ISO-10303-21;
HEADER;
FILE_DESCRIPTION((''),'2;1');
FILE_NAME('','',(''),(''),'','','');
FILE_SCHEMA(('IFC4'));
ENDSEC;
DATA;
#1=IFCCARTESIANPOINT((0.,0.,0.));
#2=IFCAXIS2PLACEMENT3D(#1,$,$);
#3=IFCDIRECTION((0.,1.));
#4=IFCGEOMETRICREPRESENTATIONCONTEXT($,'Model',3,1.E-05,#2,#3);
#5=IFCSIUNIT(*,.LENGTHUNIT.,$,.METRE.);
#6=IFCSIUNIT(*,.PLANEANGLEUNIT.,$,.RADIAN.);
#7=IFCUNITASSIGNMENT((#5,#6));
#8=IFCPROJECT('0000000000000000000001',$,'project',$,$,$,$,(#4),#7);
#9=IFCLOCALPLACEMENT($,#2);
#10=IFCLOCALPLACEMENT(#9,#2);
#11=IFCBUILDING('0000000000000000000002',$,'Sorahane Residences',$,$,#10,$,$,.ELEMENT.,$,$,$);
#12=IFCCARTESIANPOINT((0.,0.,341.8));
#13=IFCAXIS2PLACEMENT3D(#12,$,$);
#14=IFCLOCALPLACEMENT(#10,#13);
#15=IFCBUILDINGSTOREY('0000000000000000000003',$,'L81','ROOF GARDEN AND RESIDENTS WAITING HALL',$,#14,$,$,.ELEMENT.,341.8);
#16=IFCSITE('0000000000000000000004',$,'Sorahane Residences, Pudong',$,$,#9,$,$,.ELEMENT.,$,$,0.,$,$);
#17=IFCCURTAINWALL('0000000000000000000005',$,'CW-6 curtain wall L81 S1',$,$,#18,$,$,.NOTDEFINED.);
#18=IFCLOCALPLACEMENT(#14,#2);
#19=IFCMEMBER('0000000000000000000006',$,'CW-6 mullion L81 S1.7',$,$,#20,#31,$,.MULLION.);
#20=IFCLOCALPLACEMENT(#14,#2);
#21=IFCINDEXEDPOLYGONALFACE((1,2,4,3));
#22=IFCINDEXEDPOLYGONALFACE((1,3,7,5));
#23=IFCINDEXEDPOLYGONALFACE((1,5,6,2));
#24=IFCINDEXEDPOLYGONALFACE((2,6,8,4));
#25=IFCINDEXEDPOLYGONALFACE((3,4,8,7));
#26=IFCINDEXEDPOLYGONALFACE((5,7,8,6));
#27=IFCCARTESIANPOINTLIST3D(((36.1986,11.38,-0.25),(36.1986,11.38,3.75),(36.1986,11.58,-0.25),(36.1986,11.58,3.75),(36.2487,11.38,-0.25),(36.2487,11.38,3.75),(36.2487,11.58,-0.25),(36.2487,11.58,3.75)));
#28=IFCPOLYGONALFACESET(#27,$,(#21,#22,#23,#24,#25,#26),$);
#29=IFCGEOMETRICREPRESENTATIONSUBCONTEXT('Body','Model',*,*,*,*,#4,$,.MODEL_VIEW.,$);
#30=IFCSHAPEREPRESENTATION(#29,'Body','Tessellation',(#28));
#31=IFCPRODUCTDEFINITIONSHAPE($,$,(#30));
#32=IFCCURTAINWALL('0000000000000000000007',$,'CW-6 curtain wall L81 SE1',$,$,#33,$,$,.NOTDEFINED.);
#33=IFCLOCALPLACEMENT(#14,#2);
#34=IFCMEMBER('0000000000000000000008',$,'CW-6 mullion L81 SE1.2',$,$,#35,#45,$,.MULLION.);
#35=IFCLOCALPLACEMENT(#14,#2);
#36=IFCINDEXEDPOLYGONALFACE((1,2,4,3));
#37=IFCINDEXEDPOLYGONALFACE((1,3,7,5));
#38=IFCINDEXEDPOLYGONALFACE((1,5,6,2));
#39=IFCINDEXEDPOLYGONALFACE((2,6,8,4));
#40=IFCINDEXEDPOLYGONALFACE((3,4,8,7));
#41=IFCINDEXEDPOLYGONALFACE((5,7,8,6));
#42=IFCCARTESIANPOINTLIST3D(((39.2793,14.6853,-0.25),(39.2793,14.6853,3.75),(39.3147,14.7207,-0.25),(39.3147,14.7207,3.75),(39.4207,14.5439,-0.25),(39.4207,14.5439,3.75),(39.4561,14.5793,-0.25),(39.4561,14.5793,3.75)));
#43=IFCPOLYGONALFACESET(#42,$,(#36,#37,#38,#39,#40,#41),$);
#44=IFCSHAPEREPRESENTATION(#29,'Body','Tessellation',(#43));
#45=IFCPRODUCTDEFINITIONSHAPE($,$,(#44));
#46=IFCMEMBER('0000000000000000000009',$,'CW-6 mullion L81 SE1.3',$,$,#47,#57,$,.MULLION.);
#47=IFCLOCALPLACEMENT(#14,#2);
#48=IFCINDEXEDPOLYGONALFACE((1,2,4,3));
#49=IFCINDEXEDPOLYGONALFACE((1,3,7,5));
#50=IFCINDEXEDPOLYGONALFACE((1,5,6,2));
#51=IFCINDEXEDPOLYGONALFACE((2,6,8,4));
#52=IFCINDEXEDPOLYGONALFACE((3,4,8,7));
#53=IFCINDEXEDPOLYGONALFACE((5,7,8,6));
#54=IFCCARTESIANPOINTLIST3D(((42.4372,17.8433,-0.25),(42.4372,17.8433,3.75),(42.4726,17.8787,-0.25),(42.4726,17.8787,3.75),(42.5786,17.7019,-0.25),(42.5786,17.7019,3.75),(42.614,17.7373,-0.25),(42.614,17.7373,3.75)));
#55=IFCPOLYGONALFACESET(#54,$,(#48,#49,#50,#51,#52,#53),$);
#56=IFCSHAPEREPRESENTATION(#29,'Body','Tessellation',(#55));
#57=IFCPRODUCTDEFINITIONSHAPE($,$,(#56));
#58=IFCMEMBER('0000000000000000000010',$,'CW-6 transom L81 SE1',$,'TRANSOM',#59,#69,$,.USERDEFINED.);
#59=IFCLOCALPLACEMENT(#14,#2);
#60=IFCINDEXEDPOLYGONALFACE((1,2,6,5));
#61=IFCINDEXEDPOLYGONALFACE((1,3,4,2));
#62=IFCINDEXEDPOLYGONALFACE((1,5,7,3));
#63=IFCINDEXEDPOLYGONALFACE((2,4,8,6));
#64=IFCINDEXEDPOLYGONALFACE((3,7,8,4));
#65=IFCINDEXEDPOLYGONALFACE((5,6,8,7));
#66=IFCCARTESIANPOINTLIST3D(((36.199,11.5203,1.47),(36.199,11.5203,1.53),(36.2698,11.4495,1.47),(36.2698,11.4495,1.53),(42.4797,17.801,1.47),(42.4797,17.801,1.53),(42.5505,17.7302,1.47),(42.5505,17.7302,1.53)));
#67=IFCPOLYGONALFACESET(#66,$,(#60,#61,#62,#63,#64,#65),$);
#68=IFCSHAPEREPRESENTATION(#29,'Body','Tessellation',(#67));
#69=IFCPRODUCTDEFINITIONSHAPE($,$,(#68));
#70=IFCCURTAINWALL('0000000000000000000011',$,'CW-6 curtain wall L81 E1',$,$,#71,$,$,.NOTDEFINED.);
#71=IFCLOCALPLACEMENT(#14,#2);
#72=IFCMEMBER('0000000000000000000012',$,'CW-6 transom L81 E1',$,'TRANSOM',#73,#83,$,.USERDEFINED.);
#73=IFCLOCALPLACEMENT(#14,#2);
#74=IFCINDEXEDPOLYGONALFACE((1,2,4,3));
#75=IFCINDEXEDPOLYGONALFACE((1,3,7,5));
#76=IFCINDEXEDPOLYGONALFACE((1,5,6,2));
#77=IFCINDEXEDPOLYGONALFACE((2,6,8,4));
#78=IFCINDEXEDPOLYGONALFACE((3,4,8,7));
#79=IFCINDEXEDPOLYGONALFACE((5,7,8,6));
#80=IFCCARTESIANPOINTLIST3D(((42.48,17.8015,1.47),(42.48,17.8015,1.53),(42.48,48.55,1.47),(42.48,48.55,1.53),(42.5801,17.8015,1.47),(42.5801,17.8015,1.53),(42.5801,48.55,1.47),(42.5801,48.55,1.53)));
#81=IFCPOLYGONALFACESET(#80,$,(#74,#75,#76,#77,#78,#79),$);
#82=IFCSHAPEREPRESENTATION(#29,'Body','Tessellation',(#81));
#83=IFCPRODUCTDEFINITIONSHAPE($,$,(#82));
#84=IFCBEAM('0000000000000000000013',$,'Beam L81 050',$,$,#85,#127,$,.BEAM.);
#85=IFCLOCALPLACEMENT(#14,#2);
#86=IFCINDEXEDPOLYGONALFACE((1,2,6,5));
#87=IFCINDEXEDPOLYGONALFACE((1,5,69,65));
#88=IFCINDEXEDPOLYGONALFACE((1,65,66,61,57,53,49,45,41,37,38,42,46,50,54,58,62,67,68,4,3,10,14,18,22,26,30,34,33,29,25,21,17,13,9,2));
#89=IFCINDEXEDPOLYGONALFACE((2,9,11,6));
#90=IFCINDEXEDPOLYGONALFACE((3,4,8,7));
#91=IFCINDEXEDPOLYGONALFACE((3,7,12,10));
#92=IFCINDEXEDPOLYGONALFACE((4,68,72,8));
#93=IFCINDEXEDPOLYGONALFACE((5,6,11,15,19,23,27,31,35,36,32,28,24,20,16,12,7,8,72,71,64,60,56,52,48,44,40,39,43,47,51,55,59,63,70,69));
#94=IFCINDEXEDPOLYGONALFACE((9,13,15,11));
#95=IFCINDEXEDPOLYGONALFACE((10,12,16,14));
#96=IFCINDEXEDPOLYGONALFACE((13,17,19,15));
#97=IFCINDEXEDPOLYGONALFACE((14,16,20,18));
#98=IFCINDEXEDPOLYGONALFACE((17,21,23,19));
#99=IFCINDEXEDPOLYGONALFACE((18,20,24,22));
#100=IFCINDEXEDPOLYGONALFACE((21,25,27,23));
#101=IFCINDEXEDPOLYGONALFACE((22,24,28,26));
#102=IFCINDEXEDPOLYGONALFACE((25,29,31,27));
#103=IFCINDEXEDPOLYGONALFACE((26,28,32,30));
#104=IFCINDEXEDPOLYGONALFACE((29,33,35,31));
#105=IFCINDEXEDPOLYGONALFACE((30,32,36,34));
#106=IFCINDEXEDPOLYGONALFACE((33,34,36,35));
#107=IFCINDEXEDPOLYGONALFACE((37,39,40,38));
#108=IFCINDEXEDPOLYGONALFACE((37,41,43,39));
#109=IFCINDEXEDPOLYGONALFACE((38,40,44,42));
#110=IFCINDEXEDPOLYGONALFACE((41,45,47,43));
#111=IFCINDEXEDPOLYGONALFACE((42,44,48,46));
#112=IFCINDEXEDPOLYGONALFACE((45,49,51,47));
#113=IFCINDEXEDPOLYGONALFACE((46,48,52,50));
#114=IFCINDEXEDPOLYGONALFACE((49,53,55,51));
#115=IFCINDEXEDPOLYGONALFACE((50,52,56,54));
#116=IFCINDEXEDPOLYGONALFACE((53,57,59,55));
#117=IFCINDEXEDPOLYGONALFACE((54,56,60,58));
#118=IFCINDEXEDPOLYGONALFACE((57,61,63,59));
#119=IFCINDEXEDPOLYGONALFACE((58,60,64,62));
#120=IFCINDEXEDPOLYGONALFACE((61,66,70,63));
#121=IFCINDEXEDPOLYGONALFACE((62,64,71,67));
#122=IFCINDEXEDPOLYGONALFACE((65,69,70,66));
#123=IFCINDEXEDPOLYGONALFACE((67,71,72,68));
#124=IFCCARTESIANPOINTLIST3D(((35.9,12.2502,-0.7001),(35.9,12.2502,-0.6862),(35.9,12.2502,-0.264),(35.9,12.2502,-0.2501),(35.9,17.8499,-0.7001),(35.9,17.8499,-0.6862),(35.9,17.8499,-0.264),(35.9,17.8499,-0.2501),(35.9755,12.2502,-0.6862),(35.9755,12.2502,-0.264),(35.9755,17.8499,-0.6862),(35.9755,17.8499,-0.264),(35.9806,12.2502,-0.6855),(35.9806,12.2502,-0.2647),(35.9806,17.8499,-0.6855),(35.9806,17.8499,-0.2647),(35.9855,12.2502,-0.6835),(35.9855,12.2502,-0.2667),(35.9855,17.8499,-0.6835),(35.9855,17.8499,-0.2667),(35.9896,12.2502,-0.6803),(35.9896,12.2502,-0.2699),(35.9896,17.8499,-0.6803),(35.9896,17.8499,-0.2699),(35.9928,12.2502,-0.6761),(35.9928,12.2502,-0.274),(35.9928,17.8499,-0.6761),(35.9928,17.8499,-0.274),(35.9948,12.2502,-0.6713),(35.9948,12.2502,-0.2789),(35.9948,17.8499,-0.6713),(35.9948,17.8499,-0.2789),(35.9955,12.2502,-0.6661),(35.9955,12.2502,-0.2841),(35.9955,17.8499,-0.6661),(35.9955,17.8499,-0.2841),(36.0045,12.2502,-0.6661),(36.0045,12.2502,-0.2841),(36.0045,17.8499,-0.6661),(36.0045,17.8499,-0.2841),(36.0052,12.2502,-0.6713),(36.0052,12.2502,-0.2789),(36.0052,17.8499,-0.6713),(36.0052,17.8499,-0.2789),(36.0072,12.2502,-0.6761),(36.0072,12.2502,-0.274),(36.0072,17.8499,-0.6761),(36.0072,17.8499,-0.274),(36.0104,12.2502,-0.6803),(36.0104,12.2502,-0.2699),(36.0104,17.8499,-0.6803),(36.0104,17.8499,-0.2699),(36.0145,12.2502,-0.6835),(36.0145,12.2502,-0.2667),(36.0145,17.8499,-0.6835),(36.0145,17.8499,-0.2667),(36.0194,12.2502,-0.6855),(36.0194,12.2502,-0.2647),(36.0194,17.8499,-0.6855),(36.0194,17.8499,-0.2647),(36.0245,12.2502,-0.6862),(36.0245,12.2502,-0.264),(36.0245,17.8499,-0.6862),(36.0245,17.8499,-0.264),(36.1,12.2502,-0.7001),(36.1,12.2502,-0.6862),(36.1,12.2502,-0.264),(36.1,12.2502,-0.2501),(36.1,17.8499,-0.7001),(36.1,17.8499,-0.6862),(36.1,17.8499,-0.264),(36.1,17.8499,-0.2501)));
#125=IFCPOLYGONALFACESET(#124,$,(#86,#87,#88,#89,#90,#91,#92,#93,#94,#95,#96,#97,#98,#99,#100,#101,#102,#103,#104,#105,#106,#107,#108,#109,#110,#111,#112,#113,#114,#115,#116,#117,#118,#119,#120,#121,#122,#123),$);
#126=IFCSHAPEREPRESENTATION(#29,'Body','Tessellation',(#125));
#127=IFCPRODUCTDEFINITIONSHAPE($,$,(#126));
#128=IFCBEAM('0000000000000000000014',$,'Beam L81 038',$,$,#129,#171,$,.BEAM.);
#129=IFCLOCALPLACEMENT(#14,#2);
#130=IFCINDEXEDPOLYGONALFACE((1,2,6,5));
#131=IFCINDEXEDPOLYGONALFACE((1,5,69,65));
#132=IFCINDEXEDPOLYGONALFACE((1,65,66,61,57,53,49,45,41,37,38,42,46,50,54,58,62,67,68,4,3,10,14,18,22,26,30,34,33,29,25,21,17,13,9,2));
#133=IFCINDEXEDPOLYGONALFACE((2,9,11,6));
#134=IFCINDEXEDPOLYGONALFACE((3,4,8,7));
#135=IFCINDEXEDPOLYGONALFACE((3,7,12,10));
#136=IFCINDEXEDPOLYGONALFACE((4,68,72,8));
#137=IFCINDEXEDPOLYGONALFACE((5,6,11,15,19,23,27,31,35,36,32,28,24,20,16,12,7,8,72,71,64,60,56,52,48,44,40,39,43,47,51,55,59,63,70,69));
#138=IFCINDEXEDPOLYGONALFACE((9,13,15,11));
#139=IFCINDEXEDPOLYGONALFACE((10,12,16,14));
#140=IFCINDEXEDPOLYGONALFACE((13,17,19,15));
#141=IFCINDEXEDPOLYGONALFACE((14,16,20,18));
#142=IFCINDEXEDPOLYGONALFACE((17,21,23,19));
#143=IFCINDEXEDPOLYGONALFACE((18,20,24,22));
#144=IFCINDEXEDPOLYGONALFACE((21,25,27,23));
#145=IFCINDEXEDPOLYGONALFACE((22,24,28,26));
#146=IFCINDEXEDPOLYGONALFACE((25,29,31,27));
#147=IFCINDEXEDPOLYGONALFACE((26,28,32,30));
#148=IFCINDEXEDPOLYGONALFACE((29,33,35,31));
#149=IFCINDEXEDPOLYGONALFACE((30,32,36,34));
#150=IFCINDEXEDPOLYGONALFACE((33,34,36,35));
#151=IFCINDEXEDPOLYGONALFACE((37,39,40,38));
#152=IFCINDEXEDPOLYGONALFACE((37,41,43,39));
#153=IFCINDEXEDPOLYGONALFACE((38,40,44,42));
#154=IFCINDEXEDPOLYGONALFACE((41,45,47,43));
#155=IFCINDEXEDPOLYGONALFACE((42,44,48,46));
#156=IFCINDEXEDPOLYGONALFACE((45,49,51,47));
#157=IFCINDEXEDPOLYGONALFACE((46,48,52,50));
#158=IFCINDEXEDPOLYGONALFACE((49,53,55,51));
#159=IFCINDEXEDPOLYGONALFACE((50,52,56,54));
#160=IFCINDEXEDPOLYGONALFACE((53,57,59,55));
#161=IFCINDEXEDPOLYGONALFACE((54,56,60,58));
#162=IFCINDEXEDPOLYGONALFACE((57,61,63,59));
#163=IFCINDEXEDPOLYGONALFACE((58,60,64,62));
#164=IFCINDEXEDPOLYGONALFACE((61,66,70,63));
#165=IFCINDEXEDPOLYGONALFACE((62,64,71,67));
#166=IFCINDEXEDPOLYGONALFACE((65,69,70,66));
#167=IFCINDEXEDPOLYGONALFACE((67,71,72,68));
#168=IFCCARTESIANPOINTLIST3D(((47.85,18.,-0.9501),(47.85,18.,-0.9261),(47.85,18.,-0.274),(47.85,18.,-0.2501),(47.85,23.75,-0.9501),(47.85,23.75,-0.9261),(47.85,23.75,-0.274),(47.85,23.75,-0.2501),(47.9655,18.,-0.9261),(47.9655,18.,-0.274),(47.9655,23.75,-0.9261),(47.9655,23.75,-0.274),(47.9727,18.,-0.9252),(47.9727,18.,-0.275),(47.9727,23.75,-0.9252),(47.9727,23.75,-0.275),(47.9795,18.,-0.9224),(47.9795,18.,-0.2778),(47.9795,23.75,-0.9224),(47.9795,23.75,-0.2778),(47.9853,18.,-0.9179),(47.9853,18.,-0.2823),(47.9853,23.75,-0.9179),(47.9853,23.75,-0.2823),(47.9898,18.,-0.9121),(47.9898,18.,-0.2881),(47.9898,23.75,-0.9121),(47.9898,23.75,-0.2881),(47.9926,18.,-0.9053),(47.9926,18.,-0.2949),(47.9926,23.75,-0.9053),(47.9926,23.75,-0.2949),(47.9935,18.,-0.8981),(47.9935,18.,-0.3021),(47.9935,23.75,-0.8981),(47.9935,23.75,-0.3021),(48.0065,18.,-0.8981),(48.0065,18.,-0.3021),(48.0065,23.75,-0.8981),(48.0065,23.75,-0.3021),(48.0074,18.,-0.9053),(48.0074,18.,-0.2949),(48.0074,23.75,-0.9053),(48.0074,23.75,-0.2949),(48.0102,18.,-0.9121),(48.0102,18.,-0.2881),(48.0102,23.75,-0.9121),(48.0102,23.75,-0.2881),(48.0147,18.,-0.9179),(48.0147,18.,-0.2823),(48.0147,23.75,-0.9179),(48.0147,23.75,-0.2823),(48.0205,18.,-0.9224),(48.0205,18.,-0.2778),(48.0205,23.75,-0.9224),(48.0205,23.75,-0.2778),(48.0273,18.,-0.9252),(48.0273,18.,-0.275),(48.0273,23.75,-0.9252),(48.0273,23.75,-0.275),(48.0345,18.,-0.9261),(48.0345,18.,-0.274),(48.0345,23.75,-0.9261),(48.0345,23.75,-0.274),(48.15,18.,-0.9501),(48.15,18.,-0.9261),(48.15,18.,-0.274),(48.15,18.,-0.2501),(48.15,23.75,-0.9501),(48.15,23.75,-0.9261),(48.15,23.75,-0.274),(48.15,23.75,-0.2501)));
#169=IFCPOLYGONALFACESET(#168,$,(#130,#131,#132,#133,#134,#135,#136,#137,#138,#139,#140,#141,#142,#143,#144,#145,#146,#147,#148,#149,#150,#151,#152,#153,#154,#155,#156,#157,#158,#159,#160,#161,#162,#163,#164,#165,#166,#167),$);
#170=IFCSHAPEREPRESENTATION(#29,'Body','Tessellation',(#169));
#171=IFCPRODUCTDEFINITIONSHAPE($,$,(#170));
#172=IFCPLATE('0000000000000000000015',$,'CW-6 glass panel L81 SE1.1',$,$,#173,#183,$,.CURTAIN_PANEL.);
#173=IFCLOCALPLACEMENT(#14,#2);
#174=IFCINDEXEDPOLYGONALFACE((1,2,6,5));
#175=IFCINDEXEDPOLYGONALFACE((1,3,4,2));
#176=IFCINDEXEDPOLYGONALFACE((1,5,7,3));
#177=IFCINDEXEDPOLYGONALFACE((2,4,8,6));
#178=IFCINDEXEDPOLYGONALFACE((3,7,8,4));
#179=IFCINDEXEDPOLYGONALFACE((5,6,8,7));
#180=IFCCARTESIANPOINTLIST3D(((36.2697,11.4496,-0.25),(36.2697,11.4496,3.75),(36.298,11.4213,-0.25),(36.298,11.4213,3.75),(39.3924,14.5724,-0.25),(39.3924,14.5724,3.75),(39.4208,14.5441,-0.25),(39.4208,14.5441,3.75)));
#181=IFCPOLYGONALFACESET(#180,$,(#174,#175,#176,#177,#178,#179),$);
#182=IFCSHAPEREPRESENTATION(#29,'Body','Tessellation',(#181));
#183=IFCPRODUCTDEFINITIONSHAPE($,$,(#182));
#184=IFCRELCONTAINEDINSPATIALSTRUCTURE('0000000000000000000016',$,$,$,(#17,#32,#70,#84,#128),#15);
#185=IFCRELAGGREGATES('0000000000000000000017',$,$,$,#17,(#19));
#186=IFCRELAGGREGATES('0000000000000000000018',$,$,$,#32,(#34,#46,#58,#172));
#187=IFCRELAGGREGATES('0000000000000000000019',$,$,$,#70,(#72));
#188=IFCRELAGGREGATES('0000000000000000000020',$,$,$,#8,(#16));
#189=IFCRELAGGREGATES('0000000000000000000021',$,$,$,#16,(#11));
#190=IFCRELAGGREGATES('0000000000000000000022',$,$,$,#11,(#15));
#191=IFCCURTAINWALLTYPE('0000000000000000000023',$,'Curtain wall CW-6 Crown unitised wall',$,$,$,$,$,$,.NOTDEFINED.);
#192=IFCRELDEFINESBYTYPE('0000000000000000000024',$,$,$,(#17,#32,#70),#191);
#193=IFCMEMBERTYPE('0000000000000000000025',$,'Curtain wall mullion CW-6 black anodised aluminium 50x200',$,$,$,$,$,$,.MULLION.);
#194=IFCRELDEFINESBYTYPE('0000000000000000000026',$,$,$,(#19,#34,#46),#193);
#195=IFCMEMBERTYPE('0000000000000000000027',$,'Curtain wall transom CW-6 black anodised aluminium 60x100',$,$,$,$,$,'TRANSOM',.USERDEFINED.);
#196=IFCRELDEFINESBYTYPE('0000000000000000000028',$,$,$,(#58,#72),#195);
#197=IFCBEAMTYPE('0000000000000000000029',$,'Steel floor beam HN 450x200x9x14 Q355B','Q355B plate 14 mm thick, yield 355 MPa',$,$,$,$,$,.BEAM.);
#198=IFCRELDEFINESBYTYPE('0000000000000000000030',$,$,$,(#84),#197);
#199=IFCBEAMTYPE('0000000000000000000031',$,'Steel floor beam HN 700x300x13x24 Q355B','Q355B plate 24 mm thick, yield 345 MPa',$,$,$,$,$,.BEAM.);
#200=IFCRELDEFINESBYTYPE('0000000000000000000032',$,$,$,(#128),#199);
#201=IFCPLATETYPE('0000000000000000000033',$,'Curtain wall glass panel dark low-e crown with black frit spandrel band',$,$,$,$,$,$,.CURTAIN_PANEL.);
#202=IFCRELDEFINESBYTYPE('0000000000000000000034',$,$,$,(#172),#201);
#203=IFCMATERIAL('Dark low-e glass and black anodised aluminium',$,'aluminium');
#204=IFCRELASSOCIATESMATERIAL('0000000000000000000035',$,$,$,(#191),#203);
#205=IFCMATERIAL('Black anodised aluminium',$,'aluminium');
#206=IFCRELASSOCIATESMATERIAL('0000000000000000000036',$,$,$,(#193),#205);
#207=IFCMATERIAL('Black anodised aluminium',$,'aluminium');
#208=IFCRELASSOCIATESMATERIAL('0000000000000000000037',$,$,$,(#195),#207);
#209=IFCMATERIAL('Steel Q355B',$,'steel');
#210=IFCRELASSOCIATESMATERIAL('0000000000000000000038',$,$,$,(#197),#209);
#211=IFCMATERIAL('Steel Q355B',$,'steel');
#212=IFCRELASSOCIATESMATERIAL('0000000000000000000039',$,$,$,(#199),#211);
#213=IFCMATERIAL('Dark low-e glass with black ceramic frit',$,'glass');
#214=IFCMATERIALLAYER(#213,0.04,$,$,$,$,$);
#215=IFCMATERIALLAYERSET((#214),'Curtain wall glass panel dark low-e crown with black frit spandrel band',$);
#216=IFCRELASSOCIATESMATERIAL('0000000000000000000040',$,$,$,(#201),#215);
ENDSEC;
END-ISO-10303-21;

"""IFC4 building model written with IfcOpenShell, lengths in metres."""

from ifc_helpers import new_model, si_unit, direction, frame, origin, origin_2d, place, context, subcontext, project, spatial, rectangle, i_section, extrude, material, layer, layer_set, material_profile, profile_set, type_object, element, aggregate, save


model = new_model("IFC4")

# Units and contexts
model_context = context("Model", 3, precision=1e-05, world=origin(), true_north=direction((0.0, 1.0)))
body_context = subcontext(model_context, "Body", "Model", "MODEL_VIEW")
ifc_project = project(units=[si_unit("LENGTHUNIT", "METRE"), si_unit("PLANEANGLEUNIT", "RADIAN")], contexts=[model_context])

# Site, building, storey
site_placement = place(None, origin())
site = spatial("IfcSite", under=ifc_project, at=site_placement, Name="Sorahane Residences, Pudong", CompositionType="ELEMENT", RefElevation=0.0)
building_placement = place(site_placement, origin())
building = spatial("IfcBuilding", under=site, at=building_placement, Name="Sorahane Residences", CompositionType="ELEMENT")
storey_placement = place(building_placement, frame((0.0, 0.0, 341.8)))
storey = spatial("IfcBuildingStorey", under=building, at=storey_placement, Name="L81", Description="ROOF GARDEN AND RESIDENTS WAITING HALL", CompositionType="ELEMENT", Elevation=341.8)

# Curtain wall, member
ifc_material_1 = material(Name="Dark low-e glass and black anodised aluminium", Category="aluminium")
curtain_wall_type = type_object("IfcCurtainWallType", Name="Curtain wall CW-6 Crown unitised wall", PredefinedType="NOTDEFINED", material=ifc_material_1)
curtain_wall_1_placement = place(storey_placement, origin())
curtain_wall_1 = element("IfcCurtainWall", 1, at=curtain_wall_1_placement, inside=storey, type_object=curtain_wall_type, Name="CW-6 curtain wall L81 S1", PredefinedType="NOTDEFINED")
ifc_material_2 = material(Name="Black anodised aluminium", Category="aluminium")
ifc_material_profile_1 = material_profile(ifc_material_2, rectangle(XDim=0.2, YDim=0.05, at=origin_2d()), Name="Curtain wall mullion CW-6 black anodised aluminium 50x200")
ifc_profile_set_1 = profile_set([ifc_material_profile_1], Name="Black anodised aluminium")
member_type_1 = type_object("IfcMemberType", Name="Curtain wall mullion CW-6 black anodised aluminium 50x200", PredefinedType="MULLION", material=ifc_profile_set_1)
member_1_placement = place(storey_placement, frame((36.2236, 11.48, -0.25), z_axis=(0.0, 0.0, 1.0), x_axis=(0.0, -1.0, 0.0)))
member_1 = element("IfcMember", 2, at=member_1_placement, type_object=member_type_1, Name="CW-6 mullion L81 S1.7", PredefinedType="MULLION", context=body_context, shape_type="SweptSolid", body=[
    extrude(rectangle(XDim=0.2, YDim=0.05, at=origin_2d()), origin(), (0.0, 0.0, 1.0), 4.0),
])
aggregate(curtain_wall_1, [member_1])

# Curtain wall, members
curtain_wall_2_placement = place(storey_placement, origin())
curtain_wall_2 = element("IfcCurtainWall", 3, at=curtain_wall_2_placement, inside=storey, type_object=curtain_wall_type, Name="CW-6 curtain wall L81 SE1", PredefinedType="NOTDEFINED")
member_2_placement = place(storey_placement, frame((39.3677, 14.6323, -0.25), z_axis=(0.0, 0.0, 1.0), x_axis=(0.707107, -0.707107, 0.0)))
member_2 = element("IfcMember", 4, at=member_2_placement, type_object=member_type_1, Name="CW-6 mullion L81 SE1.2", PredefinedType="MULLION", context=body_context, shape_type="SweptSolid", body=[
    extrude(rectangle(XDim=0.2, YDim=0.05, at=origin_2d()), origin(), (0.0, 0.0, 1.0), 4.0),
])
member_3_placement = place(storey_placement, frame((42.5256, 17.7903, -0.25), z_axis=(0.0, 0.0, 1.0), x_axis=(0.707107, -0.707107, 0.0)))
member_3 = element("IfcMember", 5, at=member_3_placement, type_object=member_type_1, Name="CW-6 mullion L81 SE1.3", PredefinedType="MULLION", context=body_context, shape_type="SweptSolid", body=[
    extrude(rectangle(XDim=0.2, YDim=0.05, at=origin_2d()), origin(), (0.0, 0.0, 1.0), 4.0),
])
ifc_material_3 = material(Name="Black anodised aluminium", Category="aluminium")
ifc_material_profile_2 = material_profile(ifc_material_3, rectangle(XDim=0.1001, YDim=0.0601, at=origin_2d()), Name="Curtain wall transom CW-6 black anodised aluminium 60x100")
ifc_profile_set_2 = profile_set([ifc_material_profile_2], Name="Black anodised aluminium")
member_type_2 = type_object("IfcMemberType", Name="Curtain wall transom CW-6 black anodised aluminium 60x100", ElementType="TRANSOM", PredefinedType="USERDEFINED", material=ifc_profile_set_2)
member_4_placement = place(storey_placement, frame((36.2344, 11.4849, 1.5), z_axis=(0.707107, 0.707107, 0.0), x_axis=(-0.707107, 0.707107, 0.0)))
member_4 = element("IfcMember", 6, at=member_4_placement, type_object=member_type_2, Name="CW-6 transom L81 SE1", ObjectType="TRANSOM", PredefinedType="USERDEFINED", context=body_context, shape_type="SweptSolid", body=[
    extrude(rectangle(XDim=0.1001, YDim=0.0601, at=origin_2d()), origin(), (0.0, 0.0, 1.0), 8.8823),
])

# Curtain wall, member
curtain_wall_3_placement = place(storey_placement, origin())
curtain_wall_3 = element("IfcCurtainWall", 7, at=curtain_wall_3_placement, inside=storey, type_object=curtain_wall_type, Name="CW-6 curtain wall L81 E1", PredefinedType="NOTDEFINED")
member_5_placement = place(storey_placement, frame((42.53, 17.8015, 1.5), z_axis=(0.0, 1.0, 0.0), x_axis=(-1.0, 0.0, 0.0)))
member_5 = element("IfcMember", 8, at=member_5_placement, type_object=member_type_2, Name="CW-6 transom L81 E1", ObjectType="TRANSOM", PredefinedType="USERDEFINED", context=body_context, shape_type="SweptSolid", body=[
    extrude(rectangle(XDim=0.1001, YDim=0.0601, at=origin_2d()), origin(), (0.0, 0.0, 1.0), 30.7485),
])

# Beams
ifc_material_4 = material(Name="Steel Q355B", Category="steel")
ifc_material_profile_3 = material_profile(ifc_material_4, i_section(OverallWidth=0.2, OverallDepth=0.45, WebThickness=0.009, FlangeThickness=0.0139, FilletRadius=0.02, at=origin_2d()), Name="HN 450x200x9x14")
ifc_profile_set_3 = profile_set([ifc_material_profile_3], Name="Steel Q355B")
beam_type_1 = type_object("IfcBeamType", Name="Steel floor beam HN 450x200x9x14 Q355B", Description="Q355B plate 14 mm thick, yield 355 MPa", PredefinedType="BEAM", material=ifc_profile_set_3)
beam_1_placement = place(storey_placement, frame((36.0, 12.2502, -0.4751), z_axis=(0.0, 1.0, 0.0), x_axis=(-1.0, 0.0, 0.0)))
element("IfcBeam", 9, at=beam_1_placement, inside=storey, type_object=beam_type_1, Name="Beam L81 050", PredefinedType="BEAM", context=body_context, shape_type="SweptSolid", body=[
    extrude(i_section(OverallWidth=0.2, OverallDepth=0.45, WebThickness=0.009, FlangeThickness=0.0139, FilletRadius=0.02, at=origin_2d()), origin(), (0.0, 0.0, 1.0), 5.5996),
])
ifc_material_5 = material(Name="Steel Q355B", Category="steel")
ifc_material_profile_4 = material_profile(ifc_material_5, i_section(OverallWidth=0.3, OverallDepth=0.7, WebThickness=0.0129, FlangeThickness=0.0239, FilletRadius=0.0281, at=origin_2d()), Name="HN 700x300x13x24")
ifc_profile_set_4 = profile_set([ifc_material_profile_4], Name="Steel Q355B")
beam_type_2 = type_object("IfcBeamType", Name="Steel floor beam HN 700x300x13x24 Q355B", Description="Q355B plate 24 mm thick, yield 345 MPa", PredefinedType="BEAM", material=ifc_profile_set_4)
beam_2_placement = place(storey_placement, frame((48.0, 18.0, -0.6001), z_axis=(0.0, 1.0, 0.0), x_axis=(-1.0, 0.0, 0.0)))
element("IfcBeam", 10, at=beam_2_placement, inside=storey, type_object=beam_type_2, Name="Beam L81 038", PredefinedType="BEAM", context=body_context, shape_type="SweptSolid", body=[
    extrude(i_section(OverallWidth=0.3, OverallDepth=0.7, WebThickness=0.0129, FlangeThickness=0.0239, FilletRadius=0.0281, at=origin_2d()), origin(), (0.0, 0.0, 1.0), 5.75),
])

# Plate
ifc_material_6 = material(Name="Dark low-e glass with black ceramic frit", Category="glass")
ifc_layer_1 = layer(ifc_material_6, 0.04)
ifc_layer_set_1 = layer_set([ifc_layer_1], Name="Curtain wall glass panel dark low-e crown with black frit spandrel band")
plate_type = type_object("IfcPlateType", Name="Curtain wall glass panel dark low-e crown with black frit spandrel band", PredefinedType="CURTAIN_PANEL", material=ifc_layer_set_1)
plate_1_placement = place(storey_placement, frame((37.8452, 12.9968, -0.25), z_axis=(0.0, 0.0, 1.0), x_axis=(0.707107, 0.707107, 0.0)))
plate_1 = element("IfcPlate", 11, at=plate_1_placement, type_object=plate_type, Name="CW-6 glass panel L81 SE1.1", PredefinedType="CURTAIN_PANEL", context=body_context, shape_type="SweptSolid", body=[
    extrude(rectangle(XDim=4.4163, YDim=0.04, at=origin_2d()), origin(), (0.0, 0.0, 1.0), 4.0),
])
aggregate(curtain_wall_2, [member_2, member_3, member_4, plate_1])
aggregate(curtain_wall_3, [member_5])

save(model, "model.ifc")
